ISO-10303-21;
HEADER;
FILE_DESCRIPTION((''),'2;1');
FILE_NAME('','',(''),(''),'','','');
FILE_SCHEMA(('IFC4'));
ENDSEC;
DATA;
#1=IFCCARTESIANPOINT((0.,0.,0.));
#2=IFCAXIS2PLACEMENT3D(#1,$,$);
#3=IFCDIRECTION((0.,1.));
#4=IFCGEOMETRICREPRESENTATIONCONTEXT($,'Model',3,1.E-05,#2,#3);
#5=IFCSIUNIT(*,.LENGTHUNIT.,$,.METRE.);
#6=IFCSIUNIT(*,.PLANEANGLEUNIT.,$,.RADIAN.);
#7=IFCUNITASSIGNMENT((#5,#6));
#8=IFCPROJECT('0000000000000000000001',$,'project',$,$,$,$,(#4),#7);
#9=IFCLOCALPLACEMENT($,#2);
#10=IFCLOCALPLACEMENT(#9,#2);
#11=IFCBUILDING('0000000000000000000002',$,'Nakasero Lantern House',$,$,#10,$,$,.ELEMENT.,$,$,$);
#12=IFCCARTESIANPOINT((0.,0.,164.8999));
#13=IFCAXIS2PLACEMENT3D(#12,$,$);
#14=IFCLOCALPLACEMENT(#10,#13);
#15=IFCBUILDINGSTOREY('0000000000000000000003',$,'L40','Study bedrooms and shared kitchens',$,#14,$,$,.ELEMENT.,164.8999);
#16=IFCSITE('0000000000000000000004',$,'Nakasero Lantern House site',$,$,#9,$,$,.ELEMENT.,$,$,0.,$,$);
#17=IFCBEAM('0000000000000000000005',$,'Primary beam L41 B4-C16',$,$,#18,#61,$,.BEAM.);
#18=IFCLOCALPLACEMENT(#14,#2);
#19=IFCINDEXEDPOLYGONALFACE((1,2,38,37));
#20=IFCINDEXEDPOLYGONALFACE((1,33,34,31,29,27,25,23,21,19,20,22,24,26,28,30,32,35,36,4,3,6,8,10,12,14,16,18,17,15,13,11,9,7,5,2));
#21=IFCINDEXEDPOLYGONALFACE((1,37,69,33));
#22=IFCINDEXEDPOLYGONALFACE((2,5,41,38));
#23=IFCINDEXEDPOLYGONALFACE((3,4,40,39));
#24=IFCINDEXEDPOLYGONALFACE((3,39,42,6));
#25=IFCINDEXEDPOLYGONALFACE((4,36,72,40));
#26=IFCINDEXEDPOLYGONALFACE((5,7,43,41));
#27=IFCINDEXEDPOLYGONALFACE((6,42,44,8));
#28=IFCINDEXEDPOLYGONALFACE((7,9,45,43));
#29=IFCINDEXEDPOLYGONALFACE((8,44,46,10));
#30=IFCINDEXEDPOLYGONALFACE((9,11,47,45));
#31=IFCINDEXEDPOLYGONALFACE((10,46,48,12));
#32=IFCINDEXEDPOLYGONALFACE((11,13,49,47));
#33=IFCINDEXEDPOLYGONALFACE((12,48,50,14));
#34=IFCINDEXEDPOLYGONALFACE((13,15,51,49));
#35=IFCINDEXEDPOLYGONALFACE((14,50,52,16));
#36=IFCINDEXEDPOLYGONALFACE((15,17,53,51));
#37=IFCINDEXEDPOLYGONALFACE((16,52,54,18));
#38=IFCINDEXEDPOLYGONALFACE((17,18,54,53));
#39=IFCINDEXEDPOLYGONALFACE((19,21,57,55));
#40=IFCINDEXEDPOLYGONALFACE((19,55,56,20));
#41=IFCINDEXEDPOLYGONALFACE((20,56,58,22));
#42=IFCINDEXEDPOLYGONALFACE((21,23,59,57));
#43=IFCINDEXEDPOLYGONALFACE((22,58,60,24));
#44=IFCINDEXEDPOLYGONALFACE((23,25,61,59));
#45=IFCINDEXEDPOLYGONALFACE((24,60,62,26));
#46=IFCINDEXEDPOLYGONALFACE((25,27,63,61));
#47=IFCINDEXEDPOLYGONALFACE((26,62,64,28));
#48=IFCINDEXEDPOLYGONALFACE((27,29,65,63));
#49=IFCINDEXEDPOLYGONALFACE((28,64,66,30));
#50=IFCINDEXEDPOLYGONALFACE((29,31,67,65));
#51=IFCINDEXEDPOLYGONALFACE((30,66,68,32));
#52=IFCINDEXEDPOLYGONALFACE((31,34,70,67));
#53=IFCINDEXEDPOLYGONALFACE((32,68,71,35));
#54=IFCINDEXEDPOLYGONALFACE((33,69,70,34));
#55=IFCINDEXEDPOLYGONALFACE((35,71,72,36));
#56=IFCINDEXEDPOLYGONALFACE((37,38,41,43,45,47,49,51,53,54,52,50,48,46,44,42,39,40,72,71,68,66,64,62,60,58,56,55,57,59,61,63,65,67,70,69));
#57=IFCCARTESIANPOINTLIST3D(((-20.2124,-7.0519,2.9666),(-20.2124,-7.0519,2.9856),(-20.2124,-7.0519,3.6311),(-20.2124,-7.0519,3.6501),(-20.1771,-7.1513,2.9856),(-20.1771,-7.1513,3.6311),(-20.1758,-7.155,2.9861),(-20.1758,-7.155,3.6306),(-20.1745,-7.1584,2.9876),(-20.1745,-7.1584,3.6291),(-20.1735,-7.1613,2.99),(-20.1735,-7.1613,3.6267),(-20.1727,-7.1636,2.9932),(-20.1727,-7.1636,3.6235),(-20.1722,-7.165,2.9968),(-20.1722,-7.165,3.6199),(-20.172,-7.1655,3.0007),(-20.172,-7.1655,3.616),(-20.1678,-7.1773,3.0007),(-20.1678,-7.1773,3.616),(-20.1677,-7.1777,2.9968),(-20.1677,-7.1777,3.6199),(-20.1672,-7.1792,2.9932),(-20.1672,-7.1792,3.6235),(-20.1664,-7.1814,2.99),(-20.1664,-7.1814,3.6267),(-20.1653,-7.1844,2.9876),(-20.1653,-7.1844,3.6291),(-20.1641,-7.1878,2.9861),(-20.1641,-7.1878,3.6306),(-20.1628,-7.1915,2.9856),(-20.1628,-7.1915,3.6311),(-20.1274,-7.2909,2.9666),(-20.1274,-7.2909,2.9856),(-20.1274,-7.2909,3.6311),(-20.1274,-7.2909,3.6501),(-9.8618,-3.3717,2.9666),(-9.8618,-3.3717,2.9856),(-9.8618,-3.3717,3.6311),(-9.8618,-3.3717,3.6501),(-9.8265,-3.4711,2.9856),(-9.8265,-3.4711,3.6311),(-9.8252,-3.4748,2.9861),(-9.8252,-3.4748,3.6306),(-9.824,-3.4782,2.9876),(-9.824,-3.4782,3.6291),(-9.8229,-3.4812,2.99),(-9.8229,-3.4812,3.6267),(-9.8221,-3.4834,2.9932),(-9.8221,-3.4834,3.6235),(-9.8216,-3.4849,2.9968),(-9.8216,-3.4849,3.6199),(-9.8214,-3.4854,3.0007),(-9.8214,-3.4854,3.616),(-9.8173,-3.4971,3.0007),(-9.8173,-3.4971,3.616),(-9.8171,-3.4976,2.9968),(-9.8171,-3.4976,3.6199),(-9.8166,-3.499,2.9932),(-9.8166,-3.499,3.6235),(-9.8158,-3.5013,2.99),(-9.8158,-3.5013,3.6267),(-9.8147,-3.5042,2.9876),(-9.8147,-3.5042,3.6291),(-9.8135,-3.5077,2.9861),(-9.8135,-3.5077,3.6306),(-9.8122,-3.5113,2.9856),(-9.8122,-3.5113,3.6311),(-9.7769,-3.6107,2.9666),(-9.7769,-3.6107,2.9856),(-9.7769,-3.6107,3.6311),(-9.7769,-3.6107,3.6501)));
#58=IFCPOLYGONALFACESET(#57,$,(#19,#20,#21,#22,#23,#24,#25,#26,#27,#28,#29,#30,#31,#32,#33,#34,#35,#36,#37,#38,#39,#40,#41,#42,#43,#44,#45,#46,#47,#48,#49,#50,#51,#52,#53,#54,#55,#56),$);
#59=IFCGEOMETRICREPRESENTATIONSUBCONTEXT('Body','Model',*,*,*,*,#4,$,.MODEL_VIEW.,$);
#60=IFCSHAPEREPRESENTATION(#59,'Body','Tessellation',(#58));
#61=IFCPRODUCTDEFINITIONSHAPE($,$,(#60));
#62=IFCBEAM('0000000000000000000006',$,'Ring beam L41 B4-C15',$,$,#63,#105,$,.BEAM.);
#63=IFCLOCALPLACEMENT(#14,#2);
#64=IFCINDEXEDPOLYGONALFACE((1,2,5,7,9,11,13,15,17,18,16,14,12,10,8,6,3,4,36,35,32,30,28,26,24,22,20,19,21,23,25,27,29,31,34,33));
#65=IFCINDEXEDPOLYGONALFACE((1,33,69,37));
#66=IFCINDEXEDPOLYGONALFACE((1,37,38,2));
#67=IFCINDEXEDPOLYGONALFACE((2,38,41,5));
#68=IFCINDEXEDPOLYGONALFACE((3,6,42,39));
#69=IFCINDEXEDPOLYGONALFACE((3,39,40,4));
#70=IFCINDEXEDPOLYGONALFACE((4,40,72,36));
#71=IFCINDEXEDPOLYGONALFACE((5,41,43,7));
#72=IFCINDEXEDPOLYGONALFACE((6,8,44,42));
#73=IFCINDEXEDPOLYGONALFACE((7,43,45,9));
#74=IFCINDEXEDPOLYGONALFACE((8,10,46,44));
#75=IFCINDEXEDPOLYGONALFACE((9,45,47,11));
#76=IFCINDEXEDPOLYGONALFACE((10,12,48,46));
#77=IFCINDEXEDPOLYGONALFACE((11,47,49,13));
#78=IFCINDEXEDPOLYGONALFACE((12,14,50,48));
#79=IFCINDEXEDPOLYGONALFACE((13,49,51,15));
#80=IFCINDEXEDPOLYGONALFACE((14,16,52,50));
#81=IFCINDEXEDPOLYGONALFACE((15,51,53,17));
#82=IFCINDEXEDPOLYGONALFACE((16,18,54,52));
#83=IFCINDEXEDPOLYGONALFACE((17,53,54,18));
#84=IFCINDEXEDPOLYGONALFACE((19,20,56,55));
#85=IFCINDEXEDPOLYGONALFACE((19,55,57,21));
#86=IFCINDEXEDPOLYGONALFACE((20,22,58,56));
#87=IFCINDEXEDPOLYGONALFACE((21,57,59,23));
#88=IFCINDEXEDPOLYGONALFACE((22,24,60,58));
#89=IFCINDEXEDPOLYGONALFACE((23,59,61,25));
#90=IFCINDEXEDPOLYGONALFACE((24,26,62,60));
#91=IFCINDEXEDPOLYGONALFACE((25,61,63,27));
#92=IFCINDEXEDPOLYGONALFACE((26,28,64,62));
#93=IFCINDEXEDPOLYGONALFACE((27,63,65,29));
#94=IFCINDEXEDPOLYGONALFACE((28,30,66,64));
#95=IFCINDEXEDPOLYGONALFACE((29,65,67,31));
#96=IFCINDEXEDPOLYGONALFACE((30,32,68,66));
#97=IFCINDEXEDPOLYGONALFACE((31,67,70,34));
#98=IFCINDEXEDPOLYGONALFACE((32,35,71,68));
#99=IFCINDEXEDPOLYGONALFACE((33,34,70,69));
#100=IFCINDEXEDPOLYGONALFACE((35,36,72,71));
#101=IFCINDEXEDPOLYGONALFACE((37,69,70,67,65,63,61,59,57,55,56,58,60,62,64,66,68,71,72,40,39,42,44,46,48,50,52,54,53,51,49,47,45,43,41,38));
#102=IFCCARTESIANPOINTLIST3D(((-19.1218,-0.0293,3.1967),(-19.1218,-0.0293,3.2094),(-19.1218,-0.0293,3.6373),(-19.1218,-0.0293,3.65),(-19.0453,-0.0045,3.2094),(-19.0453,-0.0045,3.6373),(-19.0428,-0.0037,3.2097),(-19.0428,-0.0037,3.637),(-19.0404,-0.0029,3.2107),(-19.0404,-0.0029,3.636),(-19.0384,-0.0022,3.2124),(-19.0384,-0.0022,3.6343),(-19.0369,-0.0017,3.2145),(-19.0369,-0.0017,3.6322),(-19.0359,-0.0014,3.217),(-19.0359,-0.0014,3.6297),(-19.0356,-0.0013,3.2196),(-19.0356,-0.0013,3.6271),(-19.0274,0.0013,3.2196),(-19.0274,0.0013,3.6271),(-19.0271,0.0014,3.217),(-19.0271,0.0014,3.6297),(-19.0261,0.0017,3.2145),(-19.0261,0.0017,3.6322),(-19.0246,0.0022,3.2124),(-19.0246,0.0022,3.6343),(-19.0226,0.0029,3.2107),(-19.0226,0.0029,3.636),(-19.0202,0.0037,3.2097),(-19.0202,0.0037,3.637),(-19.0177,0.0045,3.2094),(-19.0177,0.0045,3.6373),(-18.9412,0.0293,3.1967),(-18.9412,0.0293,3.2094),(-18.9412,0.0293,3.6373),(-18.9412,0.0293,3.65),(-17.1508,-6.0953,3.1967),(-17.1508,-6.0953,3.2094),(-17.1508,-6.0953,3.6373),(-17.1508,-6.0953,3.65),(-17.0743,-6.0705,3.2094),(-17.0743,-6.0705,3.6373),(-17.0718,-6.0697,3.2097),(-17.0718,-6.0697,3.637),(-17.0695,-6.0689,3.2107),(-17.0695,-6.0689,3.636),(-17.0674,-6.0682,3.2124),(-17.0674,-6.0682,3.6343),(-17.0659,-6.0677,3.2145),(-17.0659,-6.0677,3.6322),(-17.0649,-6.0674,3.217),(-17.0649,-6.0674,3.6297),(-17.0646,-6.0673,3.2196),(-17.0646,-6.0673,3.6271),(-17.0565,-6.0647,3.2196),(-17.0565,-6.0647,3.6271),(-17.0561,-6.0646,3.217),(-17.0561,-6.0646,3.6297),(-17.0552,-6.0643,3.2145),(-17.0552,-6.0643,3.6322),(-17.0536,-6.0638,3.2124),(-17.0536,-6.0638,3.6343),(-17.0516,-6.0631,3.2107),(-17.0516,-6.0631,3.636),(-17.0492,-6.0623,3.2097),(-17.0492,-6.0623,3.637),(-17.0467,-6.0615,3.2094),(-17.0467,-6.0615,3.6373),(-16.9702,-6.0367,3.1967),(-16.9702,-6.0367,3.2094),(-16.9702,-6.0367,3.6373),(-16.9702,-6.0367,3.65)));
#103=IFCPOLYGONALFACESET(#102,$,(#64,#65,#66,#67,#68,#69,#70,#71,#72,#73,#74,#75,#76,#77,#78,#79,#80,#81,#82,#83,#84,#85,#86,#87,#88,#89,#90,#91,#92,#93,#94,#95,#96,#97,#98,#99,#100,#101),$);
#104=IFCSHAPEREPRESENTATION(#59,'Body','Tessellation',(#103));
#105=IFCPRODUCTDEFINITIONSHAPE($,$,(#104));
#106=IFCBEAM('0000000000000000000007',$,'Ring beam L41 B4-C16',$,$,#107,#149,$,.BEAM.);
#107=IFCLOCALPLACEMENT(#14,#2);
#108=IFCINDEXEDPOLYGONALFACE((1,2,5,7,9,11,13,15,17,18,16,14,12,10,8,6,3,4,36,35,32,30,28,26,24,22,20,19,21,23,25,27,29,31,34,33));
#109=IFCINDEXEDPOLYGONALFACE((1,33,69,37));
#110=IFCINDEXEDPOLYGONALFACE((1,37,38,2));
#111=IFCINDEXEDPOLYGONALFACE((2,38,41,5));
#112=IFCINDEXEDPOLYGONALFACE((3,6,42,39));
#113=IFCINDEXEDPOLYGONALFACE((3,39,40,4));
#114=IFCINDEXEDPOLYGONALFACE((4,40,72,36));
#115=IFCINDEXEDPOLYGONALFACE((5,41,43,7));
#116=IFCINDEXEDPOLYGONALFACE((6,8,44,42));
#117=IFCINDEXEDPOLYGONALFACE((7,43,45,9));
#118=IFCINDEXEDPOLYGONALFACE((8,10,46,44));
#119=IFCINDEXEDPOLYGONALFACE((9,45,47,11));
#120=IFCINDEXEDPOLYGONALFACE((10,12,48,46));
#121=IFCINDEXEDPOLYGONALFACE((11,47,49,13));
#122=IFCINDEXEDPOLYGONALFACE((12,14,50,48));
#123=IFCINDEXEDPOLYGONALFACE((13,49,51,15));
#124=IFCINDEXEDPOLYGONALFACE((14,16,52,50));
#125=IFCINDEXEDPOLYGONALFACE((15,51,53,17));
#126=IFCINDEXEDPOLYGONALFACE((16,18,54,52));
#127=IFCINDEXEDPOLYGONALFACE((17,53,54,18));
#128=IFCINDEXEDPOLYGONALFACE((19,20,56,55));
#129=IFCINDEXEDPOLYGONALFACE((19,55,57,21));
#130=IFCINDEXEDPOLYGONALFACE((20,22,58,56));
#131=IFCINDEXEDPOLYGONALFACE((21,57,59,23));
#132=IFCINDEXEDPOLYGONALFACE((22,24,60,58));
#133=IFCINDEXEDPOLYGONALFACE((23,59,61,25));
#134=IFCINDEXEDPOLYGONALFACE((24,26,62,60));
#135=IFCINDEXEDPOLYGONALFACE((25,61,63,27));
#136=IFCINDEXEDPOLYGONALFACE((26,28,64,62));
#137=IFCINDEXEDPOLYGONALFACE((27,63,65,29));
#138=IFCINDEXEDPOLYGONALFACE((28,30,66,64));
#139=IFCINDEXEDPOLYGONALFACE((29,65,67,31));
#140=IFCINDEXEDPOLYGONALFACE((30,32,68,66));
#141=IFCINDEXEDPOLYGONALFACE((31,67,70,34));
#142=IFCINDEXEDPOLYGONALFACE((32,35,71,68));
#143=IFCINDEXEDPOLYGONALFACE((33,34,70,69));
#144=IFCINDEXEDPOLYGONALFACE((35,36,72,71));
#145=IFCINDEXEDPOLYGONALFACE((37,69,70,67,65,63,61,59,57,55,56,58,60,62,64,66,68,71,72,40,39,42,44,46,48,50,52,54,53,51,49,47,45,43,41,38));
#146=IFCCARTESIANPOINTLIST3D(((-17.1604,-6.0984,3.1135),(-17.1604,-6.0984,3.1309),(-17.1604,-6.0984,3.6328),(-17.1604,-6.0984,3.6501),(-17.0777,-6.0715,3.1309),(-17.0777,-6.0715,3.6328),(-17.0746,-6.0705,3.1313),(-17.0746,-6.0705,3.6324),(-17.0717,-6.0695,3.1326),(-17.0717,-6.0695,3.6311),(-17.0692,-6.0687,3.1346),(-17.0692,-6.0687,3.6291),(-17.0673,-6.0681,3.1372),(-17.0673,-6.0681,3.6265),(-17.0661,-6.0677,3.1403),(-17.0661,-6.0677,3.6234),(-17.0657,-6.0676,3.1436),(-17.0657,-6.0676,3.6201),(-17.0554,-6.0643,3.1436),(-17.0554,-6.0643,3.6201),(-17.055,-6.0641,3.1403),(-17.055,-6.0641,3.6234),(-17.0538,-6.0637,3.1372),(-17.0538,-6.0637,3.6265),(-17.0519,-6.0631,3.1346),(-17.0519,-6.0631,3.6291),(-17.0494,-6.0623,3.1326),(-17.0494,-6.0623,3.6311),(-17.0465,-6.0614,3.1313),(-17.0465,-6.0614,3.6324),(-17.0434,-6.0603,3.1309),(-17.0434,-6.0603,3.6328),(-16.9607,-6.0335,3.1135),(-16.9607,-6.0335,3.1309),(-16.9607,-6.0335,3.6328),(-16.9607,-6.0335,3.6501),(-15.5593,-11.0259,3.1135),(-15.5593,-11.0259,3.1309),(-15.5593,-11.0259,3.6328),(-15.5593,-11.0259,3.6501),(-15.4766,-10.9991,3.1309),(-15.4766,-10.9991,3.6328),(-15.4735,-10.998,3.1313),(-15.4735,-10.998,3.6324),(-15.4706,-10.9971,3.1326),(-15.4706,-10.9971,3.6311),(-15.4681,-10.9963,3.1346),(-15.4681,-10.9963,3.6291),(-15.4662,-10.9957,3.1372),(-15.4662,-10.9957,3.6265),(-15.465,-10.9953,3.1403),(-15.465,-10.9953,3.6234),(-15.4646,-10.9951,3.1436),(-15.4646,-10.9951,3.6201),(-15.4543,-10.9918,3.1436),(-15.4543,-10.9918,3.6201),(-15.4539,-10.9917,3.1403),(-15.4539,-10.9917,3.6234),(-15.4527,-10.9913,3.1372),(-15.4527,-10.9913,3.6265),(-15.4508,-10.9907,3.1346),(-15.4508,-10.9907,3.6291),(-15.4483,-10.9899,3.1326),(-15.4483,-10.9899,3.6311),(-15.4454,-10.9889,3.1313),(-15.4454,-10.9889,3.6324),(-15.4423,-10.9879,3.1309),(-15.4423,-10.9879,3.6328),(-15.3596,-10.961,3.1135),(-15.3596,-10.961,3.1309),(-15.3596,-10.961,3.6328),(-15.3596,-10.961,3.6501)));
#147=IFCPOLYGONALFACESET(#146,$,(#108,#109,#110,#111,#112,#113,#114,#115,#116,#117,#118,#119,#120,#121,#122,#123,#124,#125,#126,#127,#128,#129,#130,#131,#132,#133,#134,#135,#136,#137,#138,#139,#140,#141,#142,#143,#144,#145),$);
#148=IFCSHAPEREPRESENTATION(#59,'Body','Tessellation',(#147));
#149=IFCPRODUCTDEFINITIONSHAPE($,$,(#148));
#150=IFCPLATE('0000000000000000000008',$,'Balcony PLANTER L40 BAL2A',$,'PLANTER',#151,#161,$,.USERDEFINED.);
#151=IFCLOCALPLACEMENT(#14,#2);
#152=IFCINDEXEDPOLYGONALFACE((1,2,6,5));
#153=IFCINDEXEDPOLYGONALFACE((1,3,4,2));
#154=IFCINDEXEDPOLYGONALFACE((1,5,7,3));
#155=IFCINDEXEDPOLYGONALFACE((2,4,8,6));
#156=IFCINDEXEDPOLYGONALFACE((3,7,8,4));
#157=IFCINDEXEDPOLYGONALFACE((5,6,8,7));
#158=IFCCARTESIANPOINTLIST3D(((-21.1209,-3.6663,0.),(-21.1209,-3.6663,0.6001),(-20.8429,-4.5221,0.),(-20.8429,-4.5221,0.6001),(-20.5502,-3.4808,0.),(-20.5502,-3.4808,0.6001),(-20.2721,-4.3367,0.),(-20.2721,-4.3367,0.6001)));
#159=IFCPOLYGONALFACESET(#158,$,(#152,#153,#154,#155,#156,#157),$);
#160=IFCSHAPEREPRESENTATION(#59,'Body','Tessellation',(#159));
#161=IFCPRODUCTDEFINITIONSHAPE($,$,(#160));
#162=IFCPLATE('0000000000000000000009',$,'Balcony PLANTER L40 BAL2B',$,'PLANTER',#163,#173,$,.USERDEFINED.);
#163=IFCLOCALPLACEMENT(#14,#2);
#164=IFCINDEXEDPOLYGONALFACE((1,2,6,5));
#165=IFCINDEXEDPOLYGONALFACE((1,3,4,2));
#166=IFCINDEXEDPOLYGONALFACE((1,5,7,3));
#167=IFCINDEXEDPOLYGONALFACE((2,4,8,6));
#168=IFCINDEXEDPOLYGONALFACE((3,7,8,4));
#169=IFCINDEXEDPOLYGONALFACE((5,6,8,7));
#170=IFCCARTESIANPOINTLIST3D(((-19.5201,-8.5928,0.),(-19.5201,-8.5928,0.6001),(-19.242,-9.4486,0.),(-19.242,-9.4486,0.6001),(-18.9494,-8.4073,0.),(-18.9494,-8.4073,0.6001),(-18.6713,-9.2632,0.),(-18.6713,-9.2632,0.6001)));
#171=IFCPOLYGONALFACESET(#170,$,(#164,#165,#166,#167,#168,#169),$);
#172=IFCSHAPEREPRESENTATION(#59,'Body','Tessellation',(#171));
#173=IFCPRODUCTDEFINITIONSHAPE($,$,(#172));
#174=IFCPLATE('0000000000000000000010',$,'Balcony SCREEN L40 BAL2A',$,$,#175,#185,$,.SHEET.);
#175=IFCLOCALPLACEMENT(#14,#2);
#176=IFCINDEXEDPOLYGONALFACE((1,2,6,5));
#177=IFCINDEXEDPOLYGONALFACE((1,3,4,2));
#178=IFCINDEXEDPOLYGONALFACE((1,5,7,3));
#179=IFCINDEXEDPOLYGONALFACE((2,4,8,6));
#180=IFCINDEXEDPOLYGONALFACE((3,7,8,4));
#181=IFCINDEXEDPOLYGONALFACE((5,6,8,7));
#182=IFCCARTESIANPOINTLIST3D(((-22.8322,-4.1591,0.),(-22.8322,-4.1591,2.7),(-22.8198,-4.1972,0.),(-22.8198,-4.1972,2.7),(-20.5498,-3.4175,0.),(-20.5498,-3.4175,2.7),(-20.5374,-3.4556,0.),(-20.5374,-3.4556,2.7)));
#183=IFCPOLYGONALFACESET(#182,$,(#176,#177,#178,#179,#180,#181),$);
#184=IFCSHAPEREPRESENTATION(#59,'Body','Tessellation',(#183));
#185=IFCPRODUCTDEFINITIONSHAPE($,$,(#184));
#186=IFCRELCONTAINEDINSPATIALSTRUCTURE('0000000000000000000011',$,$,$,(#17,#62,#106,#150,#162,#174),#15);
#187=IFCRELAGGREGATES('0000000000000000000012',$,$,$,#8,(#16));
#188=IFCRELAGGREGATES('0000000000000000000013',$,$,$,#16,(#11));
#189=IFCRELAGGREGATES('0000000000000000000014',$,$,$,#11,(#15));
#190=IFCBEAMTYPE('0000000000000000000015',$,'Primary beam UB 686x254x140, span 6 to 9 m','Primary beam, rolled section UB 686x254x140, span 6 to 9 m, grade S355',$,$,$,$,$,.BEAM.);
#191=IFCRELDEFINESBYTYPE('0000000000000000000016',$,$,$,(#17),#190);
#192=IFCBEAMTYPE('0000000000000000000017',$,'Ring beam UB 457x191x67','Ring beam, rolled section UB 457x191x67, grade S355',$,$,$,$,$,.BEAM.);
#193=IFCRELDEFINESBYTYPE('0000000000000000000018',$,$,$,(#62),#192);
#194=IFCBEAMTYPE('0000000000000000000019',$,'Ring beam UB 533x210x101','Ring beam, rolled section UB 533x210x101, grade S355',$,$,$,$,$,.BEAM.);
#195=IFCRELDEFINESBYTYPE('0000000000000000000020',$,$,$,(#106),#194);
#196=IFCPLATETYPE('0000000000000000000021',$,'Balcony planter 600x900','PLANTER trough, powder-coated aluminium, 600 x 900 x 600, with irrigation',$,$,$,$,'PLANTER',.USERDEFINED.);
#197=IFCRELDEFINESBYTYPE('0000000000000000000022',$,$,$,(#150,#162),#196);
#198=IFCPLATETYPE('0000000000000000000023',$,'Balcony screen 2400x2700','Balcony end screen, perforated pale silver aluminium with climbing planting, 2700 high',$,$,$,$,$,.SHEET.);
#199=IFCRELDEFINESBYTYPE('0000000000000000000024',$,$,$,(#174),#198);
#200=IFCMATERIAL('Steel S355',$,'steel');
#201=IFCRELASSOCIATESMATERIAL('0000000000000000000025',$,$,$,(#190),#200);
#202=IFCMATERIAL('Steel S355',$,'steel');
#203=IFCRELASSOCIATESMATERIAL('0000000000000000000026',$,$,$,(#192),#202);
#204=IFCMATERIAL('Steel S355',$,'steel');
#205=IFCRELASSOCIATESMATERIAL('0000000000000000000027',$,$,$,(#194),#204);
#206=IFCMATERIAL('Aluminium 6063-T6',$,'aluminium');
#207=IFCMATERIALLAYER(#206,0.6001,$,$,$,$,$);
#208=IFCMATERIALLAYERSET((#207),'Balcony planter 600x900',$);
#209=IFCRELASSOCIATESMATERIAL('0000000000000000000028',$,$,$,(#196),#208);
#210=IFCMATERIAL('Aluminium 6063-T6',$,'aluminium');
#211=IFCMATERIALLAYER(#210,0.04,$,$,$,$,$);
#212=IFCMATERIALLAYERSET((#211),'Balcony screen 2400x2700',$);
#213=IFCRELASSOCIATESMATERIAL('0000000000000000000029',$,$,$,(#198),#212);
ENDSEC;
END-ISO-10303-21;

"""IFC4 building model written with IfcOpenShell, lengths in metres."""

from ifc_helpers import new_model, si_unit, direction, frame, origin, origin_2d, place, context, subcontext, project, spatial, rectangle, i_section, extrude, material, layer, layer_set, material_profile, profile_set, type_object, element, save


model = new_model("IFC4")

# Units and contexts
model_context = context("Model", 3, precision=1e-05, world=origin(), true_north=direction((0.0, 1.0)))
body_context = subcontext(model_context, "Body", "Model", "MODEL_VIEW")
ifc_project = project(units=[si_unit("LENGTHUNIT", "METRE"), si_unit("PLANEANGLEUNIT", "RADIAN")], contexts=[model_context])

# Site, building, storey
site_placement = place(None, origin())
site = spatial("IfcSite", under=ifc_project, at=site_placement, Name="Nakasero Lantern House site", CompositionType="ELEMENT", RefElevation=0.0)
building_placement = place(site_placement, origin())
building = spatial("IfcBuilding", under=site, at=building_placement, Name="Nakasero Lantern House", CompositionType="ELEMENT")
storey_placement = place(building_placement, frame((0.0, 0.0, 164.8999)))
storey = spatial("IfcBuildingStorey", under=building, at=storey_placement, Name="L40", Description="Study bedrooms and shared kitchens", CompositionType="ELEMENT", Elevation=164.8999)

# Beams
ifc_material_1 = material(Name="Steel S355", Category="steel")
ifc_material_profile_1 = material_profile(ifc_material_1, i_section(OverallWidth=0.2537, OverallDepth=0.6836, WebThickness=0.0125, FlangeThickness=0.019, FilletRadius=0.0151, at=origin_2d()), Name="UB 686x254x140")
ifc_profile_set_1 = profile_set([ifc_material_profile_1], Name="Steel S355")
beam_type_1 = type_object("IfcBeamType", Name="Primary beam UB 686x254x140, span 6 to 9 m", Description="Primary beam, rolled section UB 686x254x140, span 6 to 9 m, grade S355", PredefinedType="BEAM", material=ifc_profile_set_1)
beam_1_placement = place(storey_placement, frame((-20.1699, -7.1714, 3.3083), z_axis=(0.942216, 0.335007, 0.0), x_axis=(-0.335007, 0.942216, 0.0)))
element("IfcBeam", 1, at=beam_1_placement, inside=storey, type_object=beam_type_1, Name="Primary beam L41 B4-C16", PredefinedType="BEAM", context=body_context, shape_type="SweptSolid", body=[
    extrude(i_section(OverallWidth=0.2537, OverallDepth=0.6836, WebThickness=0.0125, FlangeThickness=0.019, FilletRadius=0.0151, at=origin_2d()), origin(), (0.0, 0.0, 1.0), 10.9854),
])
ifc_material_2 = material(Name="Steel S355", Category="steel")
ifc_material_profile_2 = material_profile(ifc_material_2, i_section(OverallWidth=0.1899, OverallDepth=0.4534, WebThickness=0.0085, FlangeThickness=0.0127, FilletRadius=0.0103, at=origin_2d()), Name="UB 457x191x67")
ifc_profile_set_2 = profile_set([ifc_material_profile_2], Name="Steel S355")
beam_type_2 = type_object("IfcBeamType", Name="Ring beam UB 457x191x67", Description="Ring beam, rolled section UB 457x191x67, grade S355", PredefinedType="BEAM", material=ifc_profile_set_2)
beam_2_placement = place(storey_placement, frame((-19.0315, 0.0, 3.4233), z_axis=(0.309019, -0.951056, 0.0), x_axis=(0.951056, 0.309019, 0.0)))
element("IfcBeam", 2, at=beam_2_placement, inside=storey, type_object=beam_type_2, Name="Ring beam L41 B4-C15", PredefinedType="BEAM", context=body_context, shape_type="SweptSolid", body=[
    extrude(i_section(OverallWidth=0.1899, OverallDepth=0.4534, WebThickness=0.0085, FlangeThickness=0.0127, FilletRadius=0.0103, at=origin_2d()), origin(), (0.0, 0.0, 1.0), 6.3782),
])
ifc_material_3 = material(Name="Steel S355", Category="steel")
ifc_material_profile_3 = material_profile(ifc_material_3, i_section(OverallWidth=0.21, OverallDepth=0.5366, WebThickness=0.0107, FlangeThickness=0.0173, FilletRadius=0.0127, at=origin_2d()), Name="UB 533x210x101")
ifc_profile_set_3 = profile_set([ifc_material_profile_3], Name="Steel S355")
beam_type_3 = type_object("IfcBeamType", Name="Ring beam UB 533x210x101", Description="Ring beam, rolled section UB 533x210x101, grade S355", PredefinedType="BEAM", material=ifc_profile_set_3)
beam_3_placement = place(storey_placement, frame((-17.0605, -6.0659, 3.3818), z_axis=(0.309023, -0.951054, 0.0), x_axis=(0.951054, 0.309023, 0.0)))
element("IfcBeam", 3, at=beam_3_placement, inside=storey, type_object=beam_type_3, Name="Ring beam L41 B4-C16", PredefinedType="BEAM", context=body_context, shape_type="SweptSolid", body=[
    extrude(i_section(OverallWidth=0.21, OverallDepth=0.5366, WebThickness=0.0107, FlangeThickness=0.0173, FilletRadius=0.0127, at=origin_2d()), origin(), (0.0, 0.0, 1.0), 5.1812),
])

# Plates
ifc_material_4 = material(Name="Aluminium 6063-T6", Category="aluminium")
ifc_layer_1 = layer(ifc_material_4, 0.6001)
ifc_layer_set_1 = layer_set([ifc_layer_1], Name="Balcony planter 600x900")
plate_type_1 = type_object("IfcPlateType", Name="Balcony planter 600x900", Description="PLANTER trough, powder-coated aluminium, 600 x 900 x 600, with irrigation", ElementType="PLANTER", PredefinedType="USERDEFINED", material=ifc_layer_set_1)
for number, where, z_axis, x_axis, name in (
    (4, (-20.6965, -4.0015, 0.0), (0.0, 0.0, 1.0), (-0.951057, -0.309017, 0.0), "Balcony PLANTER L40 BAL2A"),
    (5, (-19.0957, -8.928, 0.0), (0.0, 0.0, 1.0), (-0.951057, -0.309017, 0.0), "Balcony PLANTER L40 BAL2B"),
):
    element("IfcPlate", number, at=place(storey_placement, frame(where, z_axis=z_axis, x_axis=x_axis)), inside=storey, type_object=plate_type_1, Name=name, ObjectType="PLANTER", PredefinedType="USERDEFINED", context=body_context, shape_type="SweptSolid", body=[
        extrude(rectangle(XDim=0.6001, YDim=0.8999, at=origin_2d()), origin(), (0.0, 0.0, 1.0), 0.6001),
    ])
ifc_material_5 = material(Name="Aluminium 6063-T6", Category="aluminium")
ifc_layer_2 = layer(ifc_material_5, 0.04)
ifc_layer_set_2 = layer_set([ifc_layer_2], Name="Balcony screen 2400x2700")
plate_type_2 = type_object("IfcPlateType", Name="Balcony screen 2400x2700", Description="Balcony end screen, perforated pale silver aluminium with climbing planting, 2700 high", PredefinedType="SHEET", material=ifc_layer_set_2)
plate_placement = place(storey_placement, frame((-21.6848, -3.8074, 0.0), z_axis=(0.0, 0.0, 1.0), x_axis=(-0.951057, -0.309017, 0.0)))
element("IfcPlate", 6, at=plate_placement, inside=storey, type_object=plate_type_2, Name="Balcony SCREEN L40 BAL2A", PredefinedType="SHEET", context=body_context, shape_type="SweptSolid", body=[
    extrude(rectangle(XDim=2.3999, YDim=0.04, at=origin_2d()), origin(), (0.0, 0.0, 1.0), 2.7),
])

save(model, "model.ifc")
